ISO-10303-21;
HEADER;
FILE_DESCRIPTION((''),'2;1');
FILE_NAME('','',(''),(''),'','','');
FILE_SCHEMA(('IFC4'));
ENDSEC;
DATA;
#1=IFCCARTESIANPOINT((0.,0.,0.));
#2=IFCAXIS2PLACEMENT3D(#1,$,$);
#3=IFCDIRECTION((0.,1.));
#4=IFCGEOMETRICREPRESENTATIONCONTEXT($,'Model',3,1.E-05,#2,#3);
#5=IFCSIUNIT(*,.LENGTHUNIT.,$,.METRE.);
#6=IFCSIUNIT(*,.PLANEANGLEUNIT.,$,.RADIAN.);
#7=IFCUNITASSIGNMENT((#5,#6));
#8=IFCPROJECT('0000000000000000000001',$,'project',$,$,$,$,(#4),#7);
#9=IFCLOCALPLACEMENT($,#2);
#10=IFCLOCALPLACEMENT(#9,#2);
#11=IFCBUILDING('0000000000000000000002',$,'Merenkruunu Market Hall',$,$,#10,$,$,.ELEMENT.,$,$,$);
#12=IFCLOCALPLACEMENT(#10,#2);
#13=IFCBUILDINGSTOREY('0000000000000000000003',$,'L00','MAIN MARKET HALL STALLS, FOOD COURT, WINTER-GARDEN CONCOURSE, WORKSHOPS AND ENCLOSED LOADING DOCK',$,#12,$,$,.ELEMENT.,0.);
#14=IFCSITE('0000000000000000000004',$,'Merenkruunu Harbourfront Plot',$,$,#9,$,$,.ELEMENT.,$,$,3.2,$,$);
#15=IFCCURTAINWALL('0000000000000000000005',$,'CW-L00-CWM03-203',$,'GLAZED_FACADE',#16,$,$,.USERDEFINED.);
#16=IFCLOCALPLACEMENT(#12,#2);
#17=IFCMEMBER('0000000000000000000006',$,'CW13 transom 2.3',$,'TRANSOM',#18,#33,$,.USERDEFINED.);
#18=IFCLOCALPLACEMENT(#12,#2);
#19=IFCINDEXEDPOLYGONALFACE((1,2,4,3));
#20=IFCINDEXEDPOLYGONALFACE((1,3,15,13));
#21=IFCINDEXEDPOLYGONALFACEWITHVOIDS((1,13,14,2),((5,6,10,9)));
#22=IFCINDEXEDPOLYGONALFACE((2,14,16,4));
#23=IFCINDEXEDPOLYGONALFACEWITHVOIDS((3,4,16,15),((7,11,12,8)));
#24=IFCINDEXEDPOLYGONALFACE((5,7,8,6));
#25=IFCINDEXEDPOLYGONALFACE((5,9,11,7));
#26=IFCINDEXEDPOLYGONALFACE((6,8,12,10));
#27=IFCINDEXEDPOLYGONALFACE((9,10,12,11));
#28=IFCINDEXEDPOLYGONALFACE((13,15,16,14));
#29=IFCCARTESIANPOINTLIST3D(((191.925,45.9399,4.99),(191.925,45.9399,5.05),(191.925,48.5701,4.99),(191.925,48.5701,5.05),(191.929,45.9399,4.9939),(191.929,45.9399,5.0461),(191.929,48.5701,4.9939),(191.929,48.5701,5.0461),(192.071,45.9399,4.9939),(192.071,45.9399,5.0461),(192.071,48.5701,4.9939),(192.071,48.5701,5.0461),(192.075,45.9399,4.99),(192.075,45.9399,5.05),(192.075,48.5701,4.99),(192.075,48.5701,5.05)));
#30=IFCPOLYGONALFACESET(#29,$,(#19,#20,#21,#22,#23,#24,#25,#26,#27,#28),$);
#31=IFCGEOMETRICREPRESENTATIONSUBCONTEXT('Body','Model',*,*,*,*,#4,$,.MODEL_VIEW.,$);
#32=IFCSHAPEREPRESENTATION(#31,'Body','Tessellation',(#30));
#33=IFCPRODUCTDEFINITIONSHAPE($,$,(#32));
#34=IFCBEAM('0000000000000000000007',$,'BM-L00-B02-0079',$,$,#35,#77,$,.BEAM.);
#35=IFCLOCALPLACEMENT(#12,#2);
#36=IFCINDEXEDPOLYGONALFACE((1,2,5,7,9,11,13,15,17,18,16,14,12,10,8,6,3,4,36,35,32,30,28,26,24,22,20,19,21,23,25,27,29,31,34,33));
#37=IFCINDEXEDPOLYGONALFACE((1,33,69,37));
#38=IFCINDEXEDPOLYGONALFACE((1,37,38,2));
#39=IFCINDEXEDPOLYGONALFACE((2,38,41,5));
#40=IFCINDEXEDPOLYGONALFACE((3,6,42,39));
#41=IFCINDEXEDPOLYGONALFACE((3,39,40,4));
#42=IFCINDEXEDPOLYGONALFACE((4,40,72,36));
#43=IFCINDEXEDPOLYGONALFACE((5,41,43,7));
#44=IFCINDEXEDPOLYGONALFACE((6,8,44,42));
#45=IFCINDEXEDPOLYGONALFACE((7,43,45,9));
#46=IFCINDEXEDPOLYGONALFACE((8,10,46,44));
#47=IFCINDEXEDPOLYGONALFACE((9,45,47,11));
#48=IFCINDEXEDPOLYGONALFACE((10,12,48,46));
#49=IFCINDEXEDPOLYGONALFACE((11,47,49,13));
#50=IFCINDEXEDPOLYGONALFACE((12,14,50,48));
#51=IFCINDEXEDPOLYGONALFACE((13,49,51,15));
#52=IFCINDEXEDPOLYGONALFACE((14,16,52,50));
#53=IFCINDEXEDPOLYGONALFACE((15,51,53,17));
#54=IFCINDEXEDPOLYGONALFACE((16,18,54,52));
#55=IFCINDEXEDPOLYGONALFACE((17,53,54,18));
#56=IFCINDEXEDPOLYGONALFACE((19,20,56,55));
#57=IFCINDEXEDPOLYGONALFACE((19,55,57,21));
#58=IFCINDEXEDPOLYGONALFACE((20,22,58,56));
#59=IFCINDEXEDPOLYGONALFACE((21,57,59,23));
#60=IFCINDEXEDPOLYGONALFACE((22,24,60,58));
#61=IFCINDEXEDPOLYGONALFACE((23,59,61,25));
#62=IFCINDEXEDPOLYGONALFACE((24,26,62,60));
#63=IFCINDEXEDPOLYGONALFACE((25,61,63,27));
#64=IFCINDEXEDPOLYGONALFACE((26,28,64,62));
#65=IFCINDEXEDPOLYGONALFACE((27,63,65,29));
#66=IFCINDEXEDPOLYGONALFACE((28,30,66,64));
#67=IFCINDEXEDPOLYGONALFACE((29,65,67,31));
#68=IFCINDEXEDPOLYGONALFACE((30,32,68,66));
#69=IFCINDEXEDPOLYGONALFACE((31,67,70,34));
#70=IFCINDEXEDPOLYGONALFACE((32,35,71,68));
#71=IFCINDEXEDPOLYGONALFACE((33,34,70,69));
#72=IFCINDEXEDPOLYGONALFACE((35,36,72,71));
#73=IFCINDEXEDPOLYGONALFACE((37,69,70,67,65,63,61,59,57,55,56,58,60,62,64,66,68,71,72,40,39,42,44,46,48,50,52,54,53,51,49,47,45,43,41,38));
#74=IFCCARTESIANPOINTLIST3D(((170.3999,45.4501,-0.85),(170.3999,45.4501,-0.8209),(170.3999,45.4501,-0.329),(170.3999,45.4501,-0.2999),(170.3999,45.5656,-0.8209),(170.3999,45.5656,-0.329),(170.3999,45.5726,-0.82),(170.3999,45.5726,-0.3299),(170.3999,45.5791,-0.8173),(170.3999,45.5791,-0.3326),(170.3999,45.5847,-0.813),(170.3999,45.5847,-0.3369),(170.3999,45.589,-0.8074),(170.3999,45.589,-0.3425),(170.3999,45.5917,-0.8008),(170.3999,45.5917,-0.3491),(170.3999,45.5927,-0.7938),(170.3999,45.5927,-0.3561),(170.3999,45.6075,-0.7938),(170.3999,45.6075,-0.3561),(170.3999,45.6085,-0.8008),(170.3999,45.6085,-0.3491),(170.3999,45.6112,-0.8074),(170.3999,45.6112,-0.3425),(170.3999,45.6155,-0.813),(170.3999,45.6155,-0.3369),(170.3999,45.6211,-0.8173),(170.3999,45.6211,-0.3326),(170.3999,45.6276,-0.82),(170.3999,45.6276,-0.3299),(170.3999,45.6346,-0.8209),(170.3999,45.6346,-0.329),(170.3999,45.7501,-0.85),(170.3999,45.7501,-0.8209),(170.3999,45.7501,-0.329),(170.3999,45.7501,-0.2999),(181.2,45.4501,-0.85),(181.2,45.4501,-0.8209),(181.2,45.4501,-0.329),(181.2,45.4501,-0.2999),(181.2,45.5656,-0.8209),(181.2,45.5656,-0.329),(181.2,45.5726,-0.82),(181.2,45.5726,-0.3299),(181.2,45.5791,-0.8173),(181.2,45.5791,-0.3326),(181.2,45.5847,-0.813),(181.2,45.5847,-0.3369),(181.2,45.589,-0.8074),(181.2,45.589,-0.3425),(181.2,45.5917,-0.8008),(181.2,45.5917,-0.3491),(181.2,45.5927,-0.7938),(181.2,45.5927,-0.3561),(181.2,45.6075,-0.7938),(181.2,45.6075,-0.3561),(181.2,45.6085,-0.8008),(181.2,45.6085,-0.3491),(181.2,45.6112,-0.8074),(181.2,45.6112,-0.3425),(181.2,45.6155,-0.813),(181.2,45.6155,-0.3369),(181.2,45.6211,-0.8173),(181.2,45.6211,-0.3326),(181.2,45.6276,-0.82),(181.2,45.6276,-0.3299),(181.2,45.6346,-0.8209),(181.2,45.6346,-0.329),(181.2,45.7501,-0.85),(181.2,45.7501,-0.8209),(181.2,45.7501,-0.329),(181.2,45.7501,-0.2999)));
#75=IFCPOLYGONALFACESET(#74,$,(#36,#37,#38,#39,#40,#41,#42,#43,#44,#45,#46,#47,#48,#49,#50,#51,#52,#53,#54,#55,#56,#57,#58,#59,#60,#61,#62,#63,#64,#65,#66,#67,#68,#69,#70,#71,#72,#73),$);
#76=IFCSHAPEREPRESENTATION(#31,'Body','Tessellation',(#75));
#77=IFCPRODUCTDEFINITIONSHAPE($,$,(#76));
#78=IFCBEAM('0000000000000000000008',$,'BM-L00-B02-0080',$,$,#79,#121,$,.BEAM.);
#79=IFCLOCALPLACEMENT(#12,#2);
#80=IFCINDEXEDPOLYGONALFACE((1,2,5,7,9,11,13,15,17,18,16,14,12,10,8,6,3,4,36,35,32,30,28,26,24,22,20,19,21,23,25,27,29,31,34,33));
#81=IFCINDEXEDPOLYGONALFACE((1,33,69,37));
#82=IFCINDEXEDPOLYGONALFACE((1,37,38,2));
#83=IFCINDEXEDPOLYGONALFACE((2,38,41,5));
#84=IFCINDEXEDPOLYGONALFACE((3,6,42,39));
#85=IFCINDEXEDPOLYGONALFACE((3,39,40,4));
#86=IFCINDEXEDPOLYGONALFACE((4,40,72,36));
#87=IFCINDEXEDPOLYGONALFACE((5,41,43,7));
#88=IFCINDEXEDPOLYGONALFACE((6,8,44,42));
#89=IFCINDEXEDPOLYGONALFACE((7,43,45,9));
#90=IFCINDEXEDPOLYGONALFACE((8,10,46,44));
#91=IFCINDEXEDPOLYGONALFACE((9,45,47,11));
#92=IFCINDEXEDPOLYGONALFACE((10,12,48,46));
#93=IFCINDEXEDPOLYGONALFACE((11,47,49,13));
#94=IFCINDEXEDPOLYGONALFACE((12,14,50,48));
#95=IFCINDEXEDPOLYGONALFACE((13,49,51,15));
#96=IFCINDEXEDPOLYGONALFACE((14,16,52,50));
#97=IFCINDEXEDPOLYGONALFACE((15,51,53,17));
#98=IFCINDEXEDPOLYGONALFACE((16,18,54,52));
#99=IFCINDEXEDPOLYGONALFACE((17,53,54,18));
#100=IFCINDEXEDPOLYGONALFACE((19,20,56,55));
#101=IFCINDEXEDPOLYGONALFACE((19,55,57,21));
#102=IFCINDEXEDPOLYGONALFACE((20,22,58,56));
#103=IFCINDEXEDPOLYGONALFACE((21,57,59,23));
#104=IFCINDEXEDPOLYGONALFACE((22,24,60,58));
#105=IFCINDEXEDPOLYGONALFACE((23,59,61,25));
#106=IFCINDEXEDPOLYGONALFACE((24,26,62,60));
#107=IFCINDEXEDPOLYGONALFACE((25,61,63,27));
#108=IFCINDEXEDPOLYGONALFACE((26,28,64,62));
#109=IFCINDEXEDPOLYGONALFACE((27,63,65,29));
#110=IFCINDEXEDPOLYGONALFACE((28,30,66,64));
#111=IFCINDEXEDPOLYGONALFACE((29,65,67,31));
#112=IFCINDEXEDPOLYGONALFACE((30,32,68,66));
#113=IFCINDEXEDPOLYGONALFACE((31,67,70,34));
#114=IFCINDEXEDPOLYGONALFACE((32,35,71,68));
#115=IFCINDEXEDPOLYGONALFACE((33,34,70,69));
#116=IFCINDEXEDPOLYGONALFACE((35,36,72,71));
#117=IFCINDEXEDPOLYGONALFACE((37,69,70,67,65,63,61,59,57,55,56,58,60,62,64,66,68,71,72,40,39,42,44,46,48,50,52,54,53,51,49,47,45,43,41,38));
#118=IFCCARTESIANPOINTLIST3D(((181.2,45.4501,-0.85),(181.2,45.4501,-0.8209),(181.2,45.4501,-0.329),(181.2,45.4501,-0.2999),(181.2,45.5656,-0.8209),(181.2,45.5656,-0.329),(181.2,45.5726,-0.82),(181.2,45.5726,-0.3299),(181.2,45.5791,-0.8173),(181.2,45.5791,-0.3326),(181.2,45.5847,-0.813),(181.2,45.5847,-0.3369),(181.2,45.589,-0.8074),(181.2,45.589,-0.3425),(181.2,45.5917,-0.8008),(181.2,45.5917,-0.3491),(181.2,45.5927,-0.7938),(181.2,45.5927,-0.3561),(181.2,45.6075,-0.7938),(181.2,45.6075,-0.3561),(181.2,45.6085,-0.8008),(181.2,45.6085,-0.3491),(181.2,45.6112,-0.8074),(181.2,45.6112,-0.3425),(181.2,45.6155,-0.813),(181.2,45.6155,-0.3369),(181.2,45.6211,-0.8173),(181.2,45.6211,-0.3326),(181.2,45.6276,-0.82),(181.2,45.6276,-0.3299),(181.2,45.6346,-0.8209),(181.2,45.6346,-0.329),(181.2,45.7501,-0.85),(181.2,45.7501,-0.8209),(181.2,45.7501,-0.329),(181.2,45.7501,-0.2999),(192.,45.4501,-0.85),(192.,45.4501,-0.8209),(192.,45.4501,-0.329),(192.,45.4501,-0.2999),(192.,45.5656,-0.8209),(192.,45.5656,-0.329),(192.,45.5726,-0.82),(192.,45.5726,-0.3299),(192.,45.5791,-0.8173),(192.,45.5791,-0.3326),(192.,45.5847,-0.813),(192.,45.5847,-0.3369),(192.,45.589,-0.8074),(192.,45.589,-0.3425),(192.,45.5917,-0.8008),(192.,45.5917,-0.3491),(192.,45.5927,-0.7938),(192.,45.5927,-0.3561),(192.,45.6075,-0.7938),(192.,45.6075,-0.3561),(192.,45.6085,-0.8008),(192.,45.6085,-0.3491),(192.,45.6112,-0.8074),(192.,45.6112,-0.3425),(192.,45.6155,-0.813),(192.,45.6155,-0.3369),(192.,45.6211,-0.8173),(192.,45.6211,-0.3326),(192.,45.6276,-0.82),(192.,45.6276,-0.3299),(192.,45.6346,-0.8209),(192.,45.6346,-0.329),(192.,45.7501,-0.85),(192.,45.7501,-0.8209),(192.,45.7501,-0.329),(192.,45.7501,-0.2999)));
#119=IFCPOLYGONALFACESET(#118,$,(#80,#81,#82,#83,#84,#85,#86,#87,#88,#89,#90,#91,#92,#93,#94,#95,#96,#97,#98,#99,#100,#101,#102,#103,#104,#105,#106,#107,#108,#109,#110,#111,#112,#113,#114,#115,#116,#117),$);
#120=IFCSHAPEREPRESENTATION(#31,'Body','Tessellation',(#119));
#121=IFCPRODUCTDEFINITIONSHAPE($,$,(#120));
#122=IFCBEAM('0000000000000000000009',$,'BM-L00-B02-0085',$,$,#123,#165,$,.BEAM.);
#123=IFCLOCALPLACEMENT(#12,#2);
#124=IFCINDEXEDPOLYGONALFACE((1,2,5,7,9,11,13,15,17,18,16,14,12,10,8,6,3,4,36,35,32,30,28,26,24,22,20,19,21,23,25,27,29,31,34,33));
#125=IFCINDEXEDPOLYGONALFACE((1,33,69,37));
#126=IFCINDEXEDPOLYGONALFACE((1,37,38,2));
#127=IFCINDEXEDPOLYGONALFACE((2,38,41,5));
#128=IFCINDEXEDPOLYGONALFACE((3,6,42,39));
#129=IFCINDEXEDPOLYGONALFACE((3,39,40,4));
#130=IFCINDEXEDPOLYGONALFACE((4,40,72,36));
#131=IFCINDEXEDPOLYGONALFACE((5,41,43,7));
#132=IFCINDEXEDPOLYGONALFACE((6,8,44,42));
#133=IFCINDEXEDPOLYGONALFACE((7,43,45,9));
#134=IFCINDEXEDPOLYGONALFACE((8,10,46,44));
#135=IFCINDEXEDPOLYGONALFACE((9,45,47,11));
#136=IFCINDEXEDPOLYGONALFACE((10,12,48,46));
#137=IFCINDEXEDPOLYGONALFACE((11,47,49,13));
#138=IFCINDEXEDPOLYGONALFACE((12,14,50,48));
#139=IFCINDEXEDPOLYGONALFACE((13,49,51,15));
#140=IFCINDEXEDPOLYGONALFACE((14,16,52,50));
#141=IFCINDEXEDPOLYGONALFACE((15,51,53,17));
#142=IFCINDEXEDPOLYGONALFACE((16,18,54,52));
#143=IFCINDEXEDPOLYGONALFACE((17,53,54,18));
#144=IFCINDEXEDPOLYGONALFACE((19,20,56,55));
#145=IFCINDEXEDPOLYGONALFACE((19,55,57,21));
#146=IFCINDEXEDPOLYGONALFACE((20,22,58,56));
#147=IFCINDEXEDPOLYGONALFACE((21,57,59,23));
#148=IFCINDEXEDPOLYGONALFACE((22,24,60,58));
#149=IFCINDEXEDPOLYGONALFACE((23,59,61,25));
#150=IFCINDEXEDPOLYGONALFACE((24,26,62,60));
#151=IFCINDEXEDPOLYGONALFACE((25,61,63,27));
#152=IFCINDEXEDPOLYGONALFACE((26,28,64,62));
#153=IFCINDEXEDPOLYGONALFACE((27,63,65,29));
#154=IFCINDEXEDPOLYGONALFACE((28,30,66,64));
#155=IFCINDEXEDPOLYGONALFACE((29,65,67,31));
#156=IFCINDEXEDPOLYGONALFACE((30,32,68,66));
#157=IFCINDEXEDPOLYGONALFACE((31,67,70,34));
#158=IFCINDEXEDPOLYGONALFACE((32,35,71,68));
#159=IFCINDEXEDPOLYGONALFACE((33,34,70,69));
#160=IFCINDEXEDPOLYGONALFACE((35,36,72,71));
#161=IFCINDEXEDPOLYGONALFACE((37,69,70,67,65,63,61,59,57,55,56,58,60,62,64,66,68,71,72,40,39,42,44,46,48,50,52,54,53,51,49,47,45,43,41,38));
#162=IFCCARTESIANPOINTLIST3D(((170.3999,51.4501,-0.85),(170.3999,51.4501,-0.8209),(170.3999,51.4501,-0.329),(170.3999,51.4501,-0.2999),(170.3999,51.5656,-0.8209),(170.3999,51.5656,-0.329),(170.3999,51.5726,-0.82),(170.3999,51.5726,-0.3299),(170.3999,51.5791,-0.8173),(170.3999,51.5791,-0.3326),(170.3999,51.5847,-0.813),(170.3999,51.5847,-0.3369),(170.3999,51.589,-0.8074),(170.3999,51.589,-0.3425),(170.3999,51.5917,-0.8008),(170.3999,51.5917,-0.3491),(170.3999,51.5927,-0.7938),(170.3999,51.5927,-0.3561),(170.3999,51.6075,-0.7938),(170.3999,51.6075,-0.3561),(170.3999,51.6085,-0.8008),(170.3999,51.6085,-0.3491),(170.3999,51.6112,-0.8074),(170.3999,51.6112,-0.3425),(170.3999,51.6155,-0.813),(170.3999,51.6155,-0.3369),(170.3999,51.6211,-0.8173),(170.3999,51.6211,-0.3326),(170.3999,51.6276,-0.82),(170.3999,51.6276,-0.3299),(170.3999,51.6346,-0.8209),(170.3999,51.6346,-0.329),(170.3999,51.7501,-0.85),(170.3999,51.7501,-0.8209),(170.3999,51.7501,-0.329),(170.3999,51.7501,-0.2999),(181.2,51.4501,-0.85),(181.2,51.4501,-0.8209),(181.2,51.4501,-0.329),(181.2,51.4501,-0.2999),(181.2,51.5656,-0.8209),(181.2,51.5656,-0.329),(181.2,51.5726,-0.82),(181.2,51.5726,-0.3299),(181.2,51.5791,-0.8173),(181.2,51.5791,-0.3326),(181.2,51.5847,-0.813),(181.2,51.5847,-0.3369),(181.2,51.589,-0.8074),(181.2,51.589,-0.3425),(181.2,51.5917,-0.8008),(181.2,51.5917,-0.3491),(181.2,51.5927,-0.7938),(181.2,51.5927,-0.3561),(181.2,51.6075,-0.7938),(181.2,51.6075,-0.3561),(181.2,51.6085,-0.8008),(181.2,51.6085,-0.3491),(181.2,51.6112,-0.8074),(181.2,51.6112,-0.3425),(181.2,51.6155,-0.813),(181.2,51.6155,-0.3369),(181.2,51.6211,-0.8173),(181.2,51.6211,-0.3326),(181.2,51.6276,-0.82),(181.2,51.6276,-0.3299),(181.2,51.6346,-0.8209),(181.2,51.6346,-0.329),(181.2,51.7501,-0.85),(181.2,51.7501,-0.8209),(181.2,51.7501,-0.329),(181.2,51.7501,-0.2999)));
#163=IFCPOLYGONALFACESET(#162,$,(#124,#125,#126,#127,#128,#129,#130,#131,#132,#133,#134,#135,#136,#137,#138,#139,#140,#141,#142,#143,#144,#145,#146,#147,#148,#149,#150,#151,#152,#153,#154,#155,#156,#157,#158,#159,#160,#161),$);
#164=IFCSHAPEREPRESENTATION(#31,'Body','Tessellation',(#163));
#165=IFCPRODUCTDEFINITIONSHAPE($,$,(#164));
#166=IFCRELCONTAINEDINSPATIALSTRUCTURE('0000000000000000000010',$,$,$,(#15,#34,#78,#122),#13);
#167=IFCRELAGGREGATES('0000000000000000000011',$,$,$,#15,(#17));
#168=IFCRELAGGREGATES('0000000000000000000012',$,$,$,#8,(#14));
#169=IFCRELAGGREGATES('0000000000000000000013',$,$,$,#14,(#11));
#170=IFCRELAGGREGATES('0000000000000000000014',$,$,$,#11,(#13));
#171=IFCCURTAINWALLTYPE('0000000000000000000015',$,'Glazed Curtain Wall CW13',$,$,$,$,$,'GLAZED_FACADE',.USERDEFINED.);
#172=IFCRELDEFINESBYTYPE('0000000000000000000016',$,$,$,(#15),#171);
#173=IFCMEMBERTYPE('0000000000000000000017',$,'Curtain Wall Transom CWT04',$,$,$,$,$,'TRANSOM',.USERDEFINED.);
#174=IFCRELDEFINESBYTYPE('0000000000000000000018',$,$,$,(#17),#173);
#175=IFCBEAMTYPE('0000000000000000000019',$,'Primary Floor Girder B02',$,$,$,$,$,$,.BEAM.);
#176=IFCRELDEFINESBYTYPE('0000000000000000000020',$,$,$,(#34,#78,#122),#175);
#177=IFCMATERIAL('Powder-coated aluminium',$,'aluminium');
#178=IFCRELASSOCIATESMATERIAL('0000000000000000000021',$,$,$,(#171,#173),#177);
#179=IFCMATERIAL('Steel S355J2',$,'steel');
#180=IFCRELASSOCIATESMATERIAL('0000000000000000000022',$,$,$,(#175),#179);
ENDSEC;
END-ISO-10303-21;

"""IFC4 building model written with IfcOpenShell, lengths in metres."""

from ifc_helpers import new_model, si_unit, direction, frame, origin, origin_2d, place, context, subcontext, project, spatial, hollow_rectangle, i_section, extrude, material, material_profile, profile_set, type_object, element, aggregate, save


model = new_model("IFC4")

# Units and contexts
model_context = context("Model", 3, precision=1e-05, world=origin(), true_north=direction((0.0, 1.0)))
body_context = subcontext(model_context, "Body", "Model", "MODEL_VIEW")
ifc_project = project(units=[si_unit("LENGTHUNIT", "METRE"), si_unit("PLANEANGLEUNIT", "RADIAN")], contexts=[model_context])

# Site, building, storey
site_placement = place(None, origin())
site = spatial("IfcSite", under=ifc_project, at=site_placement, Name="Merenkruunu Harbourfront Plot", CompositionType="ELEMENT", RefElevation=3.2)
building_placement = place(site_placement, origin())
building = spatial("IfcBuilding", under=site, at=building_placement, Name="Merenkruunu Market Hall", CompositionType="ELEMENT")
storey_placement = place(building_placement, origin())
storey = spatial("IfcBuildingStorey", under=building, at=storey_placement, Name="L00", Description="MAIN MARKET HALL STALLS, FOOD COURT, WINTER-GARDEN CONCOURSE, WORKSHOPS AND ENCLOSED LOADING DOCK", CompositionType="ELEMENT", Elevation=0.0)

# Shared definitions
ifc_material_1 = material(Name="Steel S355J2", Category="steel")

# Curtain wall, member
ifc_material_2 = material(Name="Powder-coated aluminium", Category="aluminium")
curtain_wall_type = type_object("IfcCurtainWallType", Name="Glazed Curtain Wall CW13", ElementType="GLAZED_FACADE", PredefinedType="USERDEFINED", material=ifc_material_2)
curtain_wall_placement = place(storey_placement, origin())
curtain_wall = element("IfcCurtainWall", 1, at=curtain_wall_placement, inside=storey, type_object=curtain_wall_type, Name="CW-L00-CWM03-203", ObjectType="GLAZED_FACADE", PredefinedType="USERDEFINED")
ifc_material_profile_1 = material_profile(ifc_material_2, hollow_rectangle(XDim=0.0601, YDim=0.1499, WallThickness=0.0039, at=origin_2d()), Name="ALU 60x150x4")
ifc_profile_set_1 = profile_set([ifc_material_profile_1], Name="Powder-coated aluminium")
member_type_1 = type_object("IfcMemberType", Name="Curtain Wall Transom CWT04", ElementType="TRANSOM", PredefinedType="USERDEFINED", material=ifc_profile_set_1)
member_1_placement = place(storey_placement, frame((192.0, 48.5701, 5.02), z_axis=(0.0, -1.0, 0.0), x_axis=(0.0, 0.0, 1.0)))
member_1 = element("IfcMember", 2, at=member_1_placement, type_object=member_type_1, Name="CW13 transom 2.3", ObjectType="TRANSOM", PredefinedType="USERDEFINED", context=body_context, shape_type="SweptSolid", body=[
    extrude(hollow_rectangle(XDim=0.0601, YDim=0.1499, WallThickness=0.0039, at=origin_2d()), origin(), (0.0, 0.0, 1.0), 2.6301),
])

# Beams
ifc_material_profile_2 = material_profile(ifc_material_1, i_section(OverallWidth=0.3, OverallDepth=0.55, WebThickness=0.0149, FlangeThickness=0.0291, FilletRadius=0.0271, at=origin_2d()), Name="HEB 550")
ifc_profile_set_2 = profile_set([ifc_material_profile_2], Name="Steel S355J2")
beam_type_1 = type_object("IfcBeamType", Name="Primary Floor Girder B02", PredefinedType="BEAM", material=ifc_profile_set_2)
for number, where, z_axis, x_axis, name in (
    (3, (170.3999, 45.6001, -0.575), (1.0, 0.0, 0.0), (0.0, 1.0, 0.0), "BM-L00-B02-0079"),
    (4, (181.2, 45.6001, -0.575), (1.0, 0.0, 0.0), (0.0, 1.0, 0.0), "BM-L00-B02-0080"),
    (5, (170.3999, 51.6001, -0.575), (1.0, 0.0, 0.0), (0.0, 1.0, 0.0), "BM-L00-B02-0085"),
):
    element("IfcBeam", number, at=place(storey_placement, frame(where, z_axis=z_axis, x_axis=x_axis)), inside=storey, type_object=beam_type_1, Name=name, PredefinedType="BEAM", context=body_context, shape_type="SweptSolid", body=[
        extrude(i_section(OverallWidth=0.3, OverallDepth=0.55, WebThickness=0.0149, FlangeThickness=0.0291, FilletRadius=0.0271, at=origin_2d()), origin(), (0.0, 0.0, 1.0), 10.8),
    ])

aggregate(curtain_wall, [member_1])

save(model, "model.ifc")
